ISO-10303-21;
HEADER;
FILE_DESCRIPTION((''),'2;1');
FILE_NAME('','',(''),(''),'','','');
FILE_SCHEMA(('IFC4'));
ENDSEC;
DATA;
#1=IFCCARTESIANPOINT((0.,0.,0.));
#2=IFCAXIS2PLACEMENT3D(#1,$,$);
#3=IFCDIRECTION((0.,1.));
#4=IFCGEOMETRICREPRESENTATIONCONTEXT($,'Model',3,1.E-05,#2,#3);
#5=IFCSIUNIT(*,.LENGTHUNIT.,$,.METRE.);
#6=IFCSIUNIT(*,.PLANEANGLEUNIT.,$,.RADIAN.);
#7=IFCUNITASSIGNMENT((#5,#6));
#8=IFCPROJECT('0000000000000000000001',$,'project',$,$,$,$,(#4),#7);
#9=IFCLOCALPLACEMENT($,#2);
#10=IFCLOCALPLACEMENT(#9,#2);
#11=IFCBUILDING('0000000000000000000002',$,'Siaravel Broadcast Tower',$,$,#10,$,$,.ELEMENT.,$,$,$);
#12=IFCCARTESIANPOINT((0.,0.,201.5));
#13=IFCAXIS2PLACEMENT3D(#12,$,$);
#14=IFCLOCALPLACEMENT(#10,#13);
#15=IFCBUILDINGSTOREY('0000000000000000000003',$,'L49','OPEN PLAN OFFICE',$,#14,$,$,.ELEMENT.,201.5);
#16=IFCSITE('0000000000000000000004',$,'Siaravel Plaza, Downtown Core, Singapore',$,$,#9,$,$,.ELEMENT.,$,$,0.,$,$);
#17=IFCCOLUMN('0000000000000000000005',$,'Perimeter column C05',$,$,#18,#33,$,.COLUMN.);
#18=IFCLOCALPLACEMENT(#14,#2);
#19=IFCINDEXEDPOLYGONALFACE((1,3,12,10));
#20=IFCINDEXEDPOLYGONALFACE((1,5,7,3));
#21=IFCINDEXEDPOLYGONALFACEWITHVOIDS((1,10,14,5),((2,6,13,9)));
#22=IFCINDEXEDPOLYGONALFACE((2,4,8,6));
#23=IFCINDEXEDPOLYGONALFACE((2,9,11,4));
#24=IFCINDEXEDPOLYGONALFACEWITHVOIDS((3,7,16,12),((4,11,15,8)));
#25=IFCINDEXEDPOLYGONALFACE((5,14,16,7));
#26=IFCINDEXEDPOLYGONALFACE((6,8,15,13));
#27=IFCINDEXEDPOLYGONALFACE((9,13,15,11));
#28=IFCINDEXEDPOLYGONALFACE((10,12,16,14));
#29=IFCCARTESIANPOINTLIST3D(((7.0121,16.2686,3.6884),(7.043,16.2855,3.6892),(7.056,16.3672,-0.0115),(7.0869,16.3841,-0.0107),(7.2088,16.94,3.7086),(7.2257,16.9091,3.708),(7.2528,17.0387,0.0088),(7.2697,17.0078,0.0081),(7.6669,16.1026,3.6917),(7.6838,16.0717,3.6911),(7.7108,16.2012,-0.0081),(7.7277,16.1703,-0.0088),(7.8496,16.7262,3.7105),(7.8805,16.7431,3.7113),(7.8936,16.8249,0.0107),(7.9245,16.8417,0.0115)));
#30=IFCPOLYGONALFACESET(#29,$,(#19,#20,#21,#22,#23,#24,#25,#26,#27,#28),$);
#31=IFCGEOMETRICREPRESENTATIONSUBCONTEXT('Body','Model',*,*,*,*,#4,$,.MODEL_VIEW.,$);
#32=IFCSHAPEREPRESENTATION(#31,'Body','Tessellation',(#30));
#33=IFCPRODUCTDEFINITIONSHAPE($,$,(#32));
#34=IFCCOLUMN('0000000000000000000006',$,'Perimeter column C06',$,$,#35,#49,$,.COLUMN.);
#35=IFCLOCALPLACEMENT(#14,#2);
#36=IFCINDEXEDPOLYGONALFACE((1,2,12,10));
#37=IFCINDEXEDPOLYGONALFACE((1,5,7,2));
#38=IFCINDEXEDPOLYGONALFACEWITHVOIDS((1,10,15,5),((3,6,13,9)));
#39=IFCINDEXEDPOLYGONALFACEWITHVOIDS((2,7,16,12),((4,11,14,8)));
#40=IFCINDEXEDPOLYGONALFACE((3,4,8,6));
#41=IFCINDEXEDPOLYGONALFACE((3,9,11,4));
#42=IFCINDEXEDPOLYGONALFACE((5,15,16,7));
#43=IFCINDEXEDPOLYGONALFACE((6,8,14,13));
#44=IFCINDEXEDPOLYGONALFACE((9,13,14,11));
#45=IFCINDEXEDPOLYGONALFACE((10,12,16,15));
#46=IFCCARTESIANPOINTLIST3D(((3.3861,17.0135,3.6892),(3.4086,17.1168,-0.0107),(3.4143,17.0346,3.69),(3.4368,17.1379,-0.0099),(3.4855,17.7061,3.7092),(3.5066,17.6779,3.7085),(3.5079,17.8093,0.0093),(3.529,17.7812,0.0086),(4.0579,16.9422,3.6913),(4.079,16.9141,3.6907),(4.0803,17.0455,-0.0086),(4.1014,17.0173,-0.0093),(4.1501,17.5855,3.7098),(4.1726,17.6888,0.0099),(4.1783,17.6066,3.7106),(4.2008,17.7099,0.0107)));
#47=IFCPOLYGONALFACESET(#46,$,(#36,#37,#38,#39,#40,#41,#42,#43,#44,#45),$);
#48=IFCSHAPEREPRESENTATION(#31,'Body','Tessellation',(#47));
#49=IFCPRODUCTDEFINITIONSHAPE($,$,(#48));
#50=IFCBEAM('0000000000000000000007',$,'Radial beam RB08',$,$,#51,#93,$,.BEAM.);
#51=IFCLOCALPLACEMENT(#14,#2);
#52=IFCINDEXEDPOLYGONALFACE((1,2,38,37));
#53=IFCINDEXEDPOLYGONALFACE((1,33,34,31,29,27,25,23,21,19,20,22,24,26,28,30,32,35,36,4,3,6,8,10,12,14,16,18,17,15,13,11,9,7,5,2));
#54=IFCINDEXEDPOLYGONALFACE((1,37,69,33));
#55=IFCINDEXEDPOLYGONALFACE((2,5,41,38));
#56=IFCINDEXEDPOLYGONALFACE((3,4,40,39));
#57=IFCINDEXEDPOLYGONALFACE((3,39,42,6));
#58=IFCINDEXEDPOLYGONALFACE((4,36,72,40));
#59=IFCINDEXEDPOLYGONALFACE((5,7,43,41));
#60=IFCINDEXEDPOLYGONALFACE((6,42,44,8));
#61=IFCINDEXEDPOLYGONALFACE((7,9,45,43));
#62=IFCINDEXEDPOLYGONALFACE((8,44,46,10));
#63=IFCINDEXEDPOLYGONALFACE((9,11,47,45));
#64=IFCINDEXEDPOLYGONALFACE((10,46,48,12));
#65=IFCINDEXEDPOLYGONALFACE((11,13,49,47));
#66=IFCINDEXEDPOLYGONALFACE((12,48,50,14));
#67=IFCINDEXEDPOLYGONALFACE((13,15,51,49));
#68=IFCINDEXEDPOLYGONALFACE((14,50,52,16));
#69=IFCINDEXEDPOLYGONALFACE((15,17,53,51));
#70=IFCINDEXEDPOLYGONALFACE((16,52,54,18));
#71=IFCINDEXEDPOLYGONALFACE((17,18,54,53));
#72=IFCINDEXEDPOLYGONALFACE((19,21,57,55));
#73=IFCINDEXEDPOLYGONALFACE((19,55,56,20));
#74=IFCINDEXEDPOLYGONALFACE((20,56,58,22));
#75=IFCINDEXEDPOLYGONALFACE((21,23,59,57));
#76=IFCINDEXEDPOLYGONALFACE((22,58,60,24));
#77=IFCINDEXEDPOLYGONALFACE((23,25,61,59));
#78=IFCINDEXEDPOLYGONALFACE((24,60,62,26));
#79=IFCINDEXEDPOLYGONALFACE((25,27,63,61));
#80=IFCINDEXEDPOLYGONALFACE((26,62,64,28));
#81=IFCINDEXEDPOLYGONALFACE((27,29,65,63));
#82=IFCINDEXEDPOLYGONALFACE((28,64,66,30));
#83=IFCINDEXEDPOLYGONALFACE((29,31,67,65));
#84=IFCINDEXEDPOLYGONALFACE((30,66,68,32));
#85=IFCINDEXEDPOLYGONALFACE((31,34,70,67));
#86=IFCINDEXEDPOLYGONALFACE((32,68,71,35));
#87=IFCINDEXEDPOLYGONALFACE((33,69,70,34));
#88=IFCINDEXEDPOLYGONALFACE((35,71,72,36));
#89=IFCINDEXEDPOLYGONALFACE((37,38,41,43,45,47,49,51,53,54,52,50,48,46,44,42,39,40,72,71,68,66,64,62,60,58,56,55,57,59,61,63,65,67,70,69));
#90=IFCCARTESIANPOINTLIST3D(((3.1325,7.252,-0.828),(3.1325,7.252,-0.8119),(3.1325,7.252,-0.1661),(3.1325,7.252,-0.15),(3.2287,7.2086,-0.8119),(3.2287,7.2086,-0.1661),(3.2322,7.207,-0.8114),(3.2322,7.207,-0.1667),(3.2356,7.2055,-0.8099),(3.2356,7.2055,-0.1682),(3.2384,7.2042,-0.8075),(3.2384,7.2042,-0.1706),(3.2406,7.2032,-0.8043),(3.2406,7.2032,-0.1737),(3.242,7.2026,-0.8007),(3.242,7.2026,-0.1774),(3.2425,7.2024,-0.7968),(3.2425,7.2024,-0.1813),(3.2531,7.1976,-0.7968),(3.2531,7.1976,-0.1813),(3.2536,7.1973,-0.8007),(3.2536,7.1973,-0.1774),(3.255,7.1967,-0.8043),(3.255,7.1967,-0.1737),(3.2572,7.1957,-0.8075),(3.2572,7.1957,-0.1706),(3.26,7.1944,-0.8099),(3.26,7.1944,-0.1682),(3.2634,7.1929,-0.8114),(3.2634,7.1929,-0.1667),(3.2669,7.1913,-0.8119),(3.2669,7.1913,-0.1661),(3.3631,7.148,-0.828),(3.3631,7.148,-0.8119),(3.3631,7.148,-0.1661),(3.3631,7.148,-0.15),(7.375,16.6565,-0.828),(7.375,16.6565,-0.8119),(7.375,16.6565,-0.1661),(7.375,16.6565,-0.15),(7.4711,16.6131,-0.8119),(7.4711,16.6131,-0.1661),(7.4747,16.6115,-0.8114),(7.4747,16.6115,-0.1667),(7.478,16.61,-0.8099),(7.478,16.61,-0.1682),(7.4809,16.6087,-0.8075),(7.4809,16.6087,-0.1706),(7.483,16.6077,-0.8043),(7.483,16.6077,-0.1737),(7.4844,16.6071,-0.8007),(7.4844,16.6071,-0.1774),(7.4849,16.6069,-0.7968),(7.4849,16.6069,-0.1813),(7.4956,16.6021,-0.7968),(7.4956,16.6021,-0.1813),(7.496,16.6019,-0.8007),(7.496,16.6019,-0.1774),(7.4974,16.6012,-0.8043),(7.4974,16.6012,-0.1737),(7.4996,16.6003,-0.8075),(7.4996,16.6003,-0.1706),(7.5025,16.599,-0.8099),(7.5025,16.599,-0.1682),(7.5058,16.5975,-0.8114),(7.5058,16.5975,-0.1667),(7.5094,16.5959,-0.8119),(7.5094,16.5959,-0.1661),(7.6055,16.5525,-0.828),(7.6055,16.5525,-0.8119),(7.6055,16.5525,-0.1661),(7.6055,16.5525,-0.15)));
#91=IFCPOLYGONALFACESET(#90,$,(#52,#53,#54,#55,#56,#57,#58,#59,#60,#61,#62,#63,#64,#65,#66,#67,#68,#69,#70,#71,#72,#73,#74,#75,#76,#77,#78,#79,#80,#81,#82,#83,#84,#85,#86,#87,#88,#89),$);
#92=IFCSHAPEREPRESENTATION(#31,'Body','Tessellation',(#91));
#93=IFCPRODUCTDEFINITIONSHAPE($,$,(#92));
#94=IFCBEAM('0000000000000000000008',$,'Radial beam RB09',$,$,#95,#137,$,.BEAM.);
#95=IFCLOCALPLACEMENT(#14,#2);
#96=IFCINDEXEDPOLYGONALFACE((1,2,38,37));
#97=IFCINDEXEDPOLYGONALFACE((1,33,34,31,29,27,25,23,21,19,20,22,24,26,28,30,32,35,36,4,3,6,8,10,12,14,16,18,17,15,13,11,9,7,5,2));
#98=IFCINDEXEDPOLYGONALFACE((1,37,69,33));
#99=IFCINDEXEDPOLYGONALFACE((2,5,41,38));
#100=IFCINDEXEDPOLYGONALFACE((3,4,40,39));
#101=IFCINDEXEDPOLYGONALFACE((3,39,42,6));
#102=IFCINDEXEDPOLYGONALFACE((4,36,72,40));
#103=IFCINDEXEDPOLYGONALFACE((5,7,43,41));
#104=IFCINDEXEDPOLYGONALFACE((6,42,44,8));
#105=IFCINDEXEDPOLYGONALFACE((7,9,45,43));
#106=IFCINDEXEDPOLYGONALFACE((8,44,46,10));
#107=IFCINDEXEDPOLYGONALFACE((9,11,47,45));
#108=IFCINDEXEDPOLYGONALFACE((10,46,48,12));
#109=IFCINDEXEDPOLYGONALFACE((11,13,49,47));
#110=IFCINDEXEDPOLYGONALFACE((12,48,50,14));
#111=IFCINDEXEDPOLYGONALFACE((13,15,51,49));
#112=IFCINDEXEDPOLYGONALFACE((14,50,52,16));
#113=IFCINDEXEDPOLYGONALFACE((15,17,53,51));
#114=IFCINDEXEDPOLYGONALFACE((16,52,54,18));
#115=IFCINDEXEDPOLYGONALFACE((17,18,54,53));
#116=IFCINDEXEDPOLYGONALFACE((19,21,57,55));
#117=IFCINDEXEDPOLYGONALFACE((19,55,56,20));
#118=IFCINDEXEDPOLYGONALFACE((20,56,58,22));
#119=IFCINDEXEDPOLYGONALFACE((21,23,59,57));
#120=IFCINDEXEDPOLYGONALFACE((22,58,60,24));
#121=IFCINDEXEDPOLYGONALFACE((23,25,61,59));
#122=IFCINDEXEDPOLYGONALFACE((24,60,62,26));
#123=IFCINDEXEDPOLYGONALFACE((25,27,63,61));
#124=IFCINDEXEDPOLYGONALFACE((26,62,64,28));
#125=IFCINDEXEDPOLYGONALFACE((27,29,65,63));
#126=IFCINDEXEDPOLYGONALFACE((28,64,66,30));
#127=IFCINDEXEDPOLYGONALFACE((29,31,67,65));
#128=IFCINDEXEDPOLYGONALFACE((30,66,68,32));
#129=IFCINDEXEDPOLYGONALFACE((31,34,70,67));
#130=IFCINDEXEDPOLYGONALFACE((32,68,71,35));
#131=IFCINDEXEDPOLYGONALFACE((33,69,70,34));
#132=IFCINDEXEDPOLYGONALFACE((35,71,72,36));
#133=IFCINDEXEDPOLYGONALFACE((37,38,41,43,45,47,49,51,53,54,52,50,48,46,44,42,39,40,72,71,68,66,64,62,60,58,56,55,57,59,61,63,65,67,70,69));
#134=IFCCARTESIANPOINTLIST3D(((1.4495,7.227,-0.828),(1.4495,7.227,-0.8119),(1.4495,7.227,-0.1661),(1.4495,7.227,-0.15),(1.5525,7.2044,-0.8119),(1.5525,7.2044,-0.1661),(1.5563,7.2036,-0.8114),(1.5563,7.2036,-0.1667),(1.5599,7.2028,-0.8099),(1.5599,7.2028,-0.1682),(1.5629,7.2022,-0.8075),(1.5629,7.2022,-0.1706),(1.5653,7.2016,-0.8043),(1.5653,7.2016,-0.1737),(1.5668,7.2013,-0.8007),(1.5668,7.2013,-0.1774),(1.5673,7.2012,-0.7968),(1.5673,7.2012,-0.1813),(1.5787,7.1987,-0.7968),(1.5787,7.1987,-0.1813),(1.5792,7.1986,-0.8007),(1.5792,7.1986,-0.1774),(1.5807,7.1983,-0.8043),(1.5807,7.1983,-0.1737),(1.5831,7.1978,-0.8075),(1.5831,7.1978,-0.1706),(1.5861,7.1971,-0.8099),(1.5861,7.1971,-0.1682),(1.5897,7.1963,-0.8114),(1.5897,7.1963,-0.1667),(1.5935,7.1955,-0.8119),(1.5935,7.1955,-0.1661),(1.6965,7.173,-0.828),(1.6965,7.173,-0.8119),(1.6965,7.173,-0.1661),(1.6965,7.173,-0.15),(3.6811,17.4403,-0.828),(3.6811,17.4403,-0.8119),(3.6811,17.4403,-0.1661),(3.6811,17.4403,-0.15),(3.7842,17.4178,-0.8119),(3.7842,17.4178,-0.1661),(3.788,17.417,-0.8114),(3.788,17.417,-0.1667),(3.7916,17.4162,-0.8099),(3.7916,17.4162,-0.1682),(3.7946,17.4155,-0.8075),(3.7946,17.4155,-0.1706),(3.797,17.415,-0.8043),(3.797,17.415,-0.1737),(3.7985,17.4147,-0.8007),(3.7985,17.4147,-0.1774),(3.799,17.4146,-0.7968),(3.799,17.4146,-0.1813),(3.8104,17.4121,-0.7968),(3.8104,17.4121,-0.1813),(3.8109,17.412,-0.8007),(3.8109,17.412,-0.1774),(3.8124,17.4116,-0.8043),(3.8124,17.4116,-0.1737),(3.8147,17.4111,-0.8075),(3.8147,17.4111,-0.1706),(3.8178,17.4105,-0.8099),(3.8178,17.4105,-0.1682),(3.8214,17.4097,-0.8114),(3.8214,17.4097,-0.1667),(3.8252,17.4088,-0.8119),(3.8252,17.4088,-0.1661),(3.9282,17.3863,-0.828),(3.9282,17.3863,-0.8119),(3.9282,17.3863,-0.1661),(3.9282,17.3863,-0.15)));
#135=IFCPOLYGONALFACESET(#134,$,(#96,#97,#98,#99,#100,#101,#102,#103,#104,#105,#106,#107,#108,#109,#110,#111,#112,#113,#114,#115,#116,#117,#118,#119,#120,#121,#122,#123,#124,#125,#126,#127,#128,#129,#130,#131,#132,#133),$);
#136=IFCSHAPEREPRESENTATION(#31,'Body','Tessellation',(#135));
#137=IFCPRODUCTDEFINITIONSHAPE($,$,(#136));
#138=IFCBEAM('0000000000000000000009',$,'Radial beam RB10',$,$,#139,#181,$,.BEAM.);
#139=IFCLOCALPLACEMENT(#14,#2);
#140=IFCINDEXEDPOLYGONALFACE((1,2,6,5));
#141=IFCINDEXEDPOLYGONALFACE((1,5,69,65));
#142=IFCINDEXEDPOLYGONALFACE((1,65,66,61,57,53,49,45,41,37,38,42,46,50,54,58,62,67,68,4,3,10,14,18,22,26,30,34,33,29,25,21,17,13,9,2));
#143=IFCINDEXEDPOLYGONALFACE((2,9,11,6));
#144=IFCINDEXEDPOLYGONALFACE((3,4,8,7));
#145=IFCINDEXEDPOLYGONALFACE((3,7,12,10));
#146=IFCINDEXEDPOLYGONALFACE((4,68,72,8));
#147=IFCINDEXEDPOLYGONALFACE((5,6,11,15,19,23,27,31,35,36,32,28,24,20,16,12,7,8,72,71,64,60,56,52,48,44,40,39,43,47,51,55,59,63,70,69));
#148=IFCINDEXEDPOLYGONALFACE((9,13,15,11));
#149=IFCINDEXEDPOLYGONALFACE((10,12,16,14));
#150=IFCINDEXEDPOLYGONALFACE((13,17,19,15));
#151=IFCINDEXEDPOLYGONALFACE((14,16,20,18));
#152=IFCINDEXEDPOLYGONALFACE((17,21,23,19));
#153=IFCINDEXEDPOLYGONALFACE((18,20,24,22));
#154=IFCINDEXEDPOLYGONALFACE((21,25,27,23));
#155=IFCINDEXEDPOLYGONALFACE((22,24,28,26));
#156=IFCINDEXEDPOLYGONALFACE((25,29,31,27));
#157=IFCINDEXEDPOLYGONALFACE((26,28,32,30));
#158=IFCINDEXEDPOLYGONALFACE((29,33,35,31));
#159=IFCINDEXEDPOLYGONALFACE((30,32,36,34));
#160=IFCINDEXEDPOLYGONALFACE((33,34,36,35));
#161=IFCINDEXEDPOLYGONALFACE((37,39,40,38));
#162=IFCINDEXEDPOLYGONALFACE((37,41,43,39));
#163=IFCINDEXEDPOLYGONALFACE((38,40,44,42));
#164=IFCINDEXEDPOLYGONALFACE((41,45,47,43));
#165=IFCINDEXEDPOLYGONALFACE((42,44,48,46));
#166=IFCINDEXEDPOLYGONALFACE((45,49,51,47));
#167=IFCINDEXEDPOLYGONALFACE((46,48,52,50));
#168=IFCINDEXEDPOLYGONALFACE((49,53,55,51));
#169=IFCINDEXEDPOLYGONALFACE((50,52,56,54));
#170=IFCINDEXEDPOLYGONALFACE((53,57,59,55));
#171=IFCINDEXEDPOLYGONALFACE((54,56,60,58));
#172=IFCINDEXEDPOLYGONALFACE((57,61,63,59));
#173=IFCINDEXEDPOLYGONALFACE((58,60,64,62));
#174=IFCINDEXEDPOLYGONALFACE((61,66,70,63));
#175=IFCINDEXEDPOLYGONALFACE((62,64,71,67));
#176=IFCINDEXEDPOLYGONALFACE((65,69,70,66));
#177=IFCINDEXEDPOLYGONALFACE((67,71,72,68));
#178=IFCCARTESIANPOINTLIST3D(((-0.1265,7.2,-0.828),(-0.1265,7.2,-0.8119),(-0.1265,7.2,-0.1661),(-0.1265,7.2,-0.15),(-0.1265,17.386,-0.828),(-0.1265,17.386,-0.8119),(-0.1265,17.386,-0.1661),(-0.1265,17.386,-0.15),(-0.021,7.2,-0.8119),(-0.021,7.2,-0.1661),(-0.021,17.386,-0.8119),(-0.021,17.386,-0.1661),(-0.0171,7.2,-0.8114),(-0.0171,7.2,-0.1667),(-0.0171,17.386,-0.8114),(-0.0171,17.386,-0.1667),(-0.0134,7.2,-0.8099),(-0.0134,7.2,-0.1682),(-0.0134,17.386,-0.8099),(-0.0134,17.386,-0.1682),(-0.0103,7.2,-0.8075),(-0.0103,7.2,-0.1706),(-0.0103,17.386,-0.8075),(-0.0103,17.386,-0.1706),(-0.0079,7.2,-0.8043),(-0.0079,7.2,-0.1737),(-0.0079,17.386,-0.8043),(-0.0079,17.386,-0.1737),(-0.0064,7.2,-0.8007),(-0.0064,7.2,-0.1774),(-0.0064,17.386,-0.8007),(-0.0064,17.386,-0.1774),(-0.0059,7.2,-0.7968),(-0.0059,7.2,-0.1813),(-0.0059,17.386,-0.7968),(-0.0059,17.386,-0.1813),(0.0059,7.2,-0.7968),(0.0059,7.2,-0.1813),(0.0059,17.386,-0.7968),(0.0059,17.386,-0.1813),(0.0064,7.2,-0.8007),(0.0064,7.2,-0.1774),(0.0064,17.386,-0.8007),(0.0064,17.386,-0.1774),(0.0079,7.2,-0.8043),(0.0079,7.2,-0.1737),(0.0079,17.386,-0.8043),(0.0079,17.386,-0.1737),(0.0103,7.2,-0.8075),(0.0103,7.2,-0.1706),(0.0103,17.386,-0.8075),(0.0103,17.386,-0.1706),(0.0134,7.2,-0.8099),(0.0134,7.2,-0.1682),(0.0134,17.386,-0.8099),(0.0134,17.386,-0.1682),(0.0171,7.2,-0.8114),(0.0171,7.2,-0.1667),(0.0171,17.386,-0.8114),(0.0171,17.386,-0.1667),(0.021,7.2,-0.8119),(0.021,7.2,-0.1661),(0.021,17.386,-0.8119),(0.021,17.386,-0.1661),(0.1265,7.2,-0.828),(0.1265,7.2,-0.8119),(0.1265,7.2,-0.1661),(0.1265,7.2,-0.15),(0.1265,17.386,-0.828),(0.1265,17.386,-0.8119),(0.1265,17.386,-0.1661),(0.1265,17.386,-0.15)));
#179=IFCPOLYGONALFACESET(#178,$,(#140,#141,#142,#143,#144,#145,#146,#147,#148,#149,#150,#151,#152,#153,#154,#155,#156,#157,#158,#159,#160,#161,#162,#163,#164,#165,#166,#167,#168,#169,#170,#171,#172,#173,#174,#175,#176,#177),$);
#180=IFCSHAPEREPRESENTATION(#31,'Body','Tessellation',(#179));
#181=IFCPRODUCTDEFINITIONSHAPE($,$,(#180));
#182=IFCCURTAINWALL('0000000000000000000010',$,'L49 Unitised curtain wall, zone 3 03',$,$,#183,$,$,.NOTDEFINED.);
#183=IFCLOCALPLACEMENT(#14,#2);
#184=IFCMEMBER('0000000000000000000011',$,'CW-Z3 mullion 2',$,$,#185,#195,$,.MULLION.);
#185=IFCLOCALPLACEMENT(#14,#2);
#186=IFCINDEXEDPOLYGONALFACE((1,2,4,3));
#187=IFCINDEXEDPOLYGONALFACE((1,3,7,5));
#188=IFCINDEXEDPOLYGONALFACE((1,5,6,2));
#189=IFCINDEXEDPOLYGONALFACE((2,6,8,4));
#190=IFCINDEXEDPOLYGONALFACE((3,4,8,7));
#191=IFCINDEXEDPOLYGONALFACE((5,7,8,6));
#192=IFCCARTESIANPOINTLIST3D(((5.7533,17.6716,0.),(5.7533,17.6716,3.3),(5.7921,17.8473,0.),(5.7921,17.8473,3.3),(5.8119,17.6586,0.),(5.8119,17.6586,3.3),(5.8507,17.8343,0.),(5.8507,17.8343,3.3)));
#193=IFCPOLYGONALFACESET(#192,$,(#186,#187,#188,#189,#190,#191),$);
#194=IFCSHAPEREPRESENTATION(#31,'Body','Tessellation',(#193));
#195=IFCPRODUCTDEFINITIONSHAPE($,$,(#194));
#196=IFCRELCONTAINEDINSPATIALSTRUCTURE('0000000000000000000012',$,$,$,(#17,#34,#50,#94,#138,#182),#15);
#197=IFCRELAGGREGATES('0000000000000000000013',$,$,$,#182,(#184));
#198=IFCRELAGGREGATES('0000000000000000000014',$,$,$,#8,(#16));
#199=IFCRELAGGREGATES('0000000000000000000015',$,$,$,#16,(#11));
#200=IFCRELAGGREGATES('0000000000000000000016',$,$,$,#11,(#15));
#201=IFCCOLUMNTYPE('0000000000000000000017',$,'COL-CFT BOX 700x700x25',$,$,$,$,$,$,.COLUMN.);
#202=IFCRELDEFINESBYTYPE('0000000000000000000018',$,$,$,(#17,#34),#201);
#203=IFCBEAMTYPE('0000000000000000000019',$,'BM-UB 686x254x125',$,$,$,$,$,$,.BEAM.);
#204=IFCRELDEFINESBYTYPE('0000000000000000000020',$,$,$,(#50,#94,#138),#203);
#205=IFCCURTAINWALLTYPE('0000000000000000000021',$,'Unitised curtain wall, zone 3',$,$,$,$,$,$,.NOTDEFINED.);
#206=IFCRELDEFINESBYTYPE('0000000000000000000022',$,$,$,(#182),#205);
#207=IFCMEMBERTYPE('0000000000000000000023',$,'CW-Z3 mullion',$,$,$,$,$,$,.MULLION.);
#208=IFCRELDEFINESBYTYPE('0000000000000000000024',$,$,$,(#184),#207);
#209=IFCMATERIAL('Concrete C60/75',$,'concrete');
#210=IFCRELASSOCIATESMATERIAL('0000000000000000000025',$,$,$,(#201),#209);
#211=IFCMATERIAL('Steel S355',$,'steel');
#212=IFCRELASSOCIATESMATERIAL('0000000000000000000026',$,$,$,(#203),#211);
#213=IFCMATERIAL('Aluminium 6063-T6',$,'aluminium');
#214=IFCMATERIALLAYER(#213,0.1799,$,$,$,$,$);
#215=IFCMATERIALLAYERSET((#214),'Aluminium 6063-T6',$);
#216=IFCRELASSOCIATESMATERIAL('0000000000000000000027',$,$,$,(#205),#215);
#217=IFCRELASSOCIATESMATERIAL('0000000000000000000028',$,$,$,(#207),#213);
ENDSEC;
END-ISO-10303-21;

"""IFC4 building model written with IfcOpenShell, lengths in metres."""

from ifc_helpers import new_model, si_unit, direction, frame, origin, origin_2d, place, context, subcontext, project, spatial, rectangle, hollow_rectangle, i_section, extrude, material, layer, layer_set, material_profile, profile_set, type_object, element, aggregate, save


model = new_model("IFC4")

# Units and contexts
model_context = context("Model", 3, precision=1e-05, world=origin(), true_north=direction((0.0, 1.0)))
body_context = subcontext(model_context, "Body", "Model", "MODEL_VIEW")
ifc_project = project(units=[si_unit("LENGTHUNIT", "METRE"), si_unit("PLANEANGLEUNIT", "RADIAN")], contexts=[model_context])

# Site, building, storey
site_placement = place(None, origin())
site = spatial("IfcSite", under=ifc_project, at=site_placement, Name="Siaravel Plaza, Downtown Core, Singapore", CompositionType="ELEMENT", RefElevation=0.0)
building_placement = place(site_placement, origin())
building = spatial("IfcBuilding", under=site, at=building_placement, Name="Siaravel Broadcast Tower", CompositionType="ELEMENT")
storey_placement = place(building_placement, frame((0.0, 0.0, 201.5)))
storey = spatial("IfcBuildingStorey", under=building, at=storey_placement, Name="L49", Description="OPEN PLAN OFFICE", CompositionType="ELEMENT", Elevation=201.5)

# Columns
ifc_material_1 = material(Name="Concrete C60/75", Category="concrete")
ifc_material_profile_1 = material_profile(ifc_material_1, hollow_rectangle(XDim=0.7, YDim=0.7, WallThickness=0.0249, at=origin_2d()))
ifc_profile_set_1 = profile_set([ifc_material_profile_1], Name="Concrete C60/75")
column_type = type_object("IfcColumnType", Name="COL-CFT BOX 700x700x25", PredefinedType="COLUMN", material=ifc_profile_set_1)
for number, where, z_axis, x_axis, name in (
    (1, (7.4902, 16.6045, 0.0), (-0.011872, -0.026647, 0.999574), (0.959605, -0.281323, 0.003898), "Perimeter column C05"),
    (2, (3.8047, 17.4133, 0.0), (-0.006068, -0.0279, 0.999592), (0.989858, -0.142042, 0.002044), "Perimeter column C06"),
):
    element("IfcColumn", number, at=place(storey_placement, frame(where, z_axis=z_axis, x_axis=x_axis)), inside=storey, type_object=column_type, Name=name, PredefinedType="COLUMN", context=body_context, shape_type="SweptSolid", body=[
        extrude(hollow_rectangle(XDim=0.7, YDim=0.7, WallThickness=0.0249, at=origin_2d()), origin(), (0.0, 0.0, 1.0), 3.7014),
    ])

# Beams
ifc_material_2 = material(Name="Steel S355", Category="steel")
ifc_material_profile_2 = material_profile(ifc_material_2, i_section(OverallWidth=0.2529, OverallDepth=0.678, WebThickness=0.0117, FlangeThickness=0.0161, FilletRadius=0.0151, at=origin_2d()))
ifc_profile_set_2 = profile_set([ifc_material_profile_2], Name="Steel S355")
beam_type = type_object("IfcBeamType", Name="BM-UB 686x254x125", PredefinedType="BEAM", material=ifc_profile_set_2)
beam_1_placement = place(storey_placement, frame((7.4902, 16.6045, -0.489), z_axis=(-0.411202, -0.911544, 0.0), x_axis=(0.911544, -0.411202, 0.0)))
element("IfcBeam", 3, at=beam_1_placement, inside=storey, type_object=beam_type, Name="Radial beam RB08", PredefinedType="BEAM", context=body_context, shape_type="SweptSolid", body=[
    extrude(i_section(OverallWidth=0.2529, OverallDepth=0.678, WebThickness=0.0117, FlangeThickness=0.0161, FilletRadius=0.0151, at=origin_2d()), origin(), (0.0, 0.0, 1.0), 10.3171),
])
beam_2_placement = place(storey_placement, frame((3.8047, 17.4133, -0.489), z_axis=(-0.21347, -0.97695, 0.0), x_axis=(0.97695, -0.21347, 0.0)))
element("IfcBeam", 4, at=beam_2_placement, inside=storey, type_object=beam_type, Name="Radial beam RB09", PredefinedType="BEAM", context=body_context, shape_type="SweptSolid", body=[
    extrude(i_section(OverallWidth=0.2529, OverallDepth=0.678, WebThickness=0.0117, FlangeThickness=0.0161, FilletRadius=0.0151, at=origin_2d()), origin(), (0.0, 0.0, 1.0), 10.4543),
])
beam_3_placement = place(storey_placement, frame((0.0, 17.386, -0.489), z_axis=(0.0, -1.0, 0.0), x_axis=(1.0, 0.0, 0.0)))
element("IfcBeam", 5, at=beam_3_placement, inside=storey, type_object=beam_type, Name="Radial beam RB10", PredefinedType="BEAM", context=body_context, shape_type="SweptSolid", body=[
    extrude(i_section(OverallWidth=0.2529, OverallDepth=0.678, WebThickness=0.0117, FlangeThickness=0.0161, FilletRadius=0.0151, at=origin_2d()), origin(), (0.0, 0.0, 1.0), 10.186),
])

# Curtain wall, member
ifc_material_3 = material(Name="Aluminium 6063-T6", Category="aluminium")
ifc_layer_1 = layer(ifc_material_3, 0.1799)
ifc_layer_set_1 = layer_set([ifc_layer_1], Name="Aluminium 6063-T6")
curtain_wall_type = type_object("IfcCurtainWallType", Name="Unitised curtain wall, zone 3", PredefinedType="NOTDEFINED", material=ifc_layer_set_1)
curtain_wall_placement = place(storey_placement, origin())
curtain_wall = element("IfcCurtainWall", 6, at=curtain_wall_placement, inside=storey, type_object=curtain_wall_type, Name="L49 Unitised curtain wall, zone 3 03", PredefinedType="NOTDEFINED")
ifc_material_profile_3 = material_profile(ifc_material_3, rectangle(XDim=0.1799, YDim=0.0601, at=origin_2d()))
ifc_profile_set_3 = profile_set([ifc_material_profile_3], Name="Aluminium 6063-T6")
member_type_1 = type_object("IfcMemberType", Name="CW-Z3 mullion", PredefinedType="MULLION", material=ifc_profile_set_3)
member_1_placement = place(storey_placement, frame((5.802, 17.7529, 0.0), z_axis=(0.0, 0.0, 1.0), x_axis=(-0.215559, -0.976491, 0.0)))
member_1 = element("IfcMember", 7, at=member_1_placement, type_object=member_type_1, Name="CW-Z3 mullion 2", PredefinedType="MULLION", context=body_context, shape_type="SweptSolid", body=[
    extrude(rectangle(XDim=0.1799, YDim=0.0601, at=origin_2d()), origin(), (0.0, 0.0, 1.0), 3.3),
])

aggregate(curtain_wall, [member_1])

save(model, "model.ifc")
